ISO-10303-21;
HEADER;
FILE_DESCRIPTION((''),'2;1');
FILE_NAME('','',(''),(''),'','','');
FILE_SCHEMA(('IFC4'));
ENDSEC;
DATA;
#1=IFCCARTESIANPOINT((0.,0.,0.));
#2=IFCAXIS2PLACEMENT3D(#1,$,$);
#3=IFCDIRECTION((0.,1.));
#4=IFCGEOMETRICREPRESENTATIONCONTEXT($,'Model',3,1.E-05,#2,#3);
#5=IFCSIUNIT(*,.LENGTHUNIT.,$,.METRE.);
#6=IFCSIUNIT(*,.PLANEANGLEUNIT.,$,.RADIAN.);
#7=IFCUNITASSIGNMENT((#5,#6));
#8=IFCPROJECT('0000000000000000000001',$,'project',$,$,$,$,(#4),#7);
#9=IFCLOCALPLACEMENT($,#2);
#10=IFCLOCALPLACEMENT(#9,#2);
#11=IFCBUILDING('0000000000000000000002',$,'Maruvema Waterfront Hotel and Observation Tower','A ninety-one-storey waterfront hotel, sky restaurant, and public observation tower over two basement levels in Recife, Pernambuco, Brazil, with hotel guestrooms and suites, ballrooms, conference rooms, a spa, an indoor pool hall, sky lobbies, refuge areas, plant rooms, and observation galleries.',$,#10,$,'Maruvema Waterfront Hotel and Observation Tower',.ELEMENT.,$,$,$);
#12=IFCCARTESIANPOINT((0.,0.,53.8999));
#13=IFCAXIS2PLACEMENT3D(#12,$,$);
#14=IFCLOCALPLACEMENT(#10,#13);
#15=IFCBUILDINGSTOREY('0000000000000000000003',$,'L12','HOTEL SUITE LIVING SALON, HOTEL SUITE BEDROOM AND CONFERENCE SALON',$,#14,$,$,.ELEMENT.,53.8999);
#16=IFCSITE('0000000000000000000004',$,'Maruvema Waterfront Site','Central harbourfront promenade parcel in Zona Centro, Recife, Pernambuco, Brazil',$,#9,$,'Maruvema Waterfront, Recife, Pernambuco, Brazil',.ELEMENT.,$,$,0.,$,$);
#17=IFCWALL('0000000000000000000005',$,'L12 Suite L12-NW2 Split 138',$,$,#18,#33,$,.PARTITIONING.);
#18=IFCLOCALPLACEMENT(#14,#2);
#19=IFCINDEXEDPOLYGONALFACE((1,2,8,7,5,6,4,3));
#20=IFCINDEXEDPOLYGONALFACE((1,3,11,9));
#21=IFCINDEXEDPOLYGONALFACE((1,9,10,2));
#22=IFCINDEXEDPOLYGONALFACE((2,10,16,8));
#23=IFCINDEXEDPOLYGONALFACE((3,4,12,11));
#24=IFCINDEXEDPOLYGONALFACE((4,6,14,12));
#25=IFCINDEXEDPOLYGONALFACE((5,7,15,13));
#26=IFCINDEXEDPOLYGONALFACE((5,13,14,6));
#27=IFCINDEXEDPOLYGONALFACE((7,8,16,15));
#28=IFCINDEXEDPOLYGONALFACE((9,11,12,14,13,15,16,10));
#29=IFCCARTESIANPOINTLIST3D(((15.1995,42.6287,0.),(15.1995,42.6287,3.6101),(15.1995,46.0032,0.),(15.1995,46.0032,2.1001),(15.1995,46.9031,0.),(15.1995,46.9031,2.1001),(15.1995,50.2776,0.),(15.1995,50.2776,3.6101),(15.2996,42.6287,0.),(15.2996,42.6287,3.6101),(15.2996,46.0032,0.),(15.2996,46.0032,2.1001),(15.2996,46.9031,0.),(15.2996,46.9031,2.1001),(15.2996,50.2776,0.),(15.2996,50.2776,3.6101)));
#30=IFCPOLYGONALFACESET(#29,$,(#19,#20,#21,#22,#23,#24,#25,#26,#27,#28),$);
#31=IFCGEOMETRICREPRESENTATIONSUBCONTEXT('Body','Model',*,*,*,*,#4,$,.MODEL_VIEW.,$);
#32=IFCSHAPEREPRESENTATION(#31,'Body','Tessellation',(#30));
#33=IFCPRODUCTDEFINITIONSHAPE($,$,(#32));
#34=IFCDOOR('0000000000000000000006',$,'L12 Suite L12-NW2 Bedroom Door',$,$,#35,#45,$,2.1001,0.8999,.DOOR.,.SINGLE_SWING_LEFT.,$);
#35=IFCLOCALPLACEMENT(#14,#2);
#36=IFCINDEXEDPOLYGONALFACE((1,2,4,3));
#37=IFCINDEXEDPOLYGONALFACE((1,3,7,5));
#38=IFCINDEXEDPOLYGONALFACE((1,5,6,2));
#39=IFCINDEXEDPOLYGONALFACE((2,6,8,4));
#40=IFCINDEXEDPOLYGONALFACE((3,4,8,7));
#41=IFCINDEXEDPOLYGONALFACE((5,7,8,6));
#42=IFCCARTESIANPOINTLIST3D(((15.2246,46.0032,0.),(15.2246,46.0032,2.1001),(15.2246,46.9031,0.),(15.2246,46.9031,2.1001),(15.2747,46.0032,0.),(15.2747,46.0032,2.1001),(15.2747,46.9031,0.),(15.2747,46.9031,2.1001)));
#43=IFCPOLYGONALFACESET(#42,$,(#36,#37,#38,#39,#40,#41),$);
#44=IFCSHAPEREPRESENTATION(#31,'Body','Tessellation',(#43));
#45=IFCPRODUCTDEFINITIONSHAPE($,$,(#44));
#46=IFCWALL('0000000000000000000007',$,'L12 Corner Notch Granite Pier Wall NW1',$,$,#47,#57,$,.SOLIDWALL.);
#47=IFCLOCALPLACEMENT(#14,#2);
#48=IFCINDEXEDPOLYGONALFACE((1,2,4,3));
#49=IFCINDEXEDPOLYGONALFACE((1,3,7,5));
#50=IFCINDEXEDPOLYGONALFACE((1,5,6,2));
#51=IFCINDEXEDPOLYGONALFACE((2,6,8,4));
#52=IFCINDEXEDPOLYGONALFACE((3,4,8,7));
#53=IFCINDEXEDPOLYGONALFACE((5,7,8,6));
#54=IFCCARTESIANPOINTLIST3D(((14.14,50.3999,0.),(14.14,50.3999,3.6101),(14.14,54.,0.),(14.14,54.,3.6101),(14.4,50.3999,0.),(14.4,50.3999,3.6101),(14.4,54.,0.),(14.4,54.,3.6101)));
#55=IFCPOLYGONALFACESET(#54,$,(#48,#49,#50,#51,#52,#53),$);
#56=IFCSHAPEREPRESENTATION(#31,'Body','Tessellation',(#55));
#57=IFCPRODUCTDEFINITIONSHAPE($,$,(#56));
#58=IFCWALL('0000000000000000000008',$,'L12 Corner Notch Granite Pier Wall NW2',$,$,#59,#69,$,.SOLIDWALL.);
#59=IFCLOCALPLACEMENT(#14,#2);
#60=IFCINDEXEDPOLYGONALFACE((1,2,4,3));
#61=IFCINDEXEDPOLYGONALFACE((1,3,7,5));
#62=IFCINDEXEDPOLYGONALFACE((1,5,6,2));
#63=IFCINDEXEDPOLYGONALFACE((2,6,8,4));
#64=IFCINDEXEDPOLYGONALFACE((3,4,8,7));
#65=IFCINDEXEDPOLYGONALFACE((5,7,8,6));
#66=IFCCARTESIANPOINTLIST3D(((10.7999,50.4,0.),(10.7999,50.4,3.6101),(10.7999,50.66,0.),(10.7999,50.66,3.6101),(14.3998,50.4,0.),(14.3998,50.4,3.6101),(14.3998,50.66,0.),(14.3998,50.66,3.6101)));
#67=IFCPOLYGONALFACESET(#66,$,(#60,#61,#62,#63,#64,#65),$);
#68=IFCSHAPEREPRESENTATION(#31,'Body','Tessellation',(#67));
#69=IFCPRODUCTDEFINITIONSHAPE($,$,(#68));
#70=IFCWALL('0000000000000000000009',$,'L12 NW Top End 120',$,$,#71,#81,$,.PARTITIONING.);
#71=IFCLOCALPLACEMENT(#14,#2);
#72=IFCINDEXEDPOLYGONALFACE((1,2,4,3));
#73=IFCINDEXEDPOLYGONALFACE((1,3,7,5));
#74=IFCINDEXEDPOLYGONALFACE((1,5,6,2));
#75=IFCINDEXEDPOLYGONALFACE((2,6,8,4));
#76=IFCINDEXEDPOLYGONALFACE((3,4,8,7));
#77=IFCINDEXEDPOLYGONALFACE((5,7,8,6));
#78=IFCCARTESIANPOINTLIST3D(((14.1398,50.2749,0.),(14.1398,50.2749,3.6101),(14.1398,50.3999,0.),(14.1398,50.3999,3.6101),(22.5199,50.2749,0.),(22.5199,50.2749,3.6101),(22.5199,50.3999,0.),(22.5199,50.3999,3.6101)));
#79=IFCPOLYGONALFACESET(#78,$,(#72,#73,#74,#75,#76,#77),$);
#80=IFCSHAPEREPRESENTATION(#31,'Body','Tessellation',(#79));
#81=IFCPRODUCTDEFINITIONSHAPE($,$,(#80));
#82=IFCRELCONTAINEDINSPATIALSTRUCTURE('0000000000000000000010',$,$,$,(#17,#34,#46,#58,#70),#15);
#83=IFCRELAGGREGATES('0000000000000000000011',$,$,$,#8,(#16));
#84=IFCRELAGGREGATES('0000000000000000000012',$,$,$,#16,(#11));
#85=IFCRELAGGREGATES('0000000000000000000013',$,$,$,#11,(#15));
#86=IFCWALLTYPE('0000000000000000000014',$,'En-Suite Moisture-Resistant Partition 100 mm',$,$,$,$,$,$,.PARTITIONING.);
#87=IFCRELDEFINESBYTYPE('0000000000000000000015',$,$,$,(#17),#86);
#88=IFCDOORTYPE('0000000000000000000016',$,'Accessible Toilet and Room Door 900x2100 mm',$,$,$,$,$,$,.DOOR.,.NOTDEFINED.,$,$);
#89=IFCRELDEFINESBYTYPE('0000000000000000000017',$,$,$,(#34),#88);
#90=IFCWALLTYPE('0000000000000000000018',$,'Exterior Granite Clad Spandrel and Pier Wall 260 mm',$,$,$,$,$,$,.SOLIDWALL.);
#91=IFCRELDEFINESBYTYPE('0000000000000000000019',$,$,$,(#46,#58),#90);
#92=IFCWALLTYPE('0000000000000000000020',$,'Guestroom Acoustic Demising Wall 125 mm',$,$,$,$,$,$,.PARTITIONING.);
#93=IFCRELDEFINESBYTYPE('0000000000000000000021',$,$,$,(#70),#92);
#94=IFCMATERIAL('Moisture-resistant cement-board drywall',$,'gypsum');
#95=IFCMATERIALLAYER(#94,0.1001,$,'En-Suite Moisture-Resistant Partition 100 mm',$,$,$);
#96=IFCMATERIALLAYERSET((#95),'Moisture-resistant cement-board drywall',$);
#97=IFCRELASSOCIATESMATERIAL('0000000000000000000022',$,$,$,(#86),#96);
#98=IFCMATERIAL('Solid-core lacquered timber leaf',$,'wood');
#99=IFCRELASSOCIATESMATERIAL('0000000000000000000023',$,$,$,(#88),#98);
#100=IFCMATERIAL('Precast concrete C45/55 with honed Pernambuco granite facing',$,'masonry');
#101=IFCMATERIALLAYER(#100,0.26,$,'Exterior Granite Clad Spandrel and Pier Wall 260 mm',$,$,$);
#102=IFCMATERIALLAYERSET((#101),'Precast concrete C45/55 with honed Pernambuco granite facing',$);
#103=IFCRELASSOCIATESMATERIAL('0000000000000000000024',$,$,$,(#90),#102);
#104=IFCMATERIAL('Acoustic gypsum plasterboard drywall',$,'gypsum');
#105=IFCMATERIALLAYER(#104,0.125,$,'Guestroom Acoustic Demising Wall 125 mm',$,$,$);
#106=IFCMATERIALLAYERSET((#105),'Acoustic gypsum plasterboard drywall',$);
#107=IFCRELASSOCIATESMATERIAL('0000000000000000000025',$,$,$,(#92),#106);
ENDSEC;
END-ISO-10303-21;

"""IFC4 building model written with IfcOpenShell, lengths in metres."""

from ifc_helpers import new_model, si_unit, direction, frame, frame_2d, origin, place, context, subcontext, project, spatial, rectangle, extrude, material, layer, layer_set, type_object, element, fill, save


model = new_model("IFC4")

# Units and contexts
model_context = context("Model", 3, precision=1e-05, world=origin(), true_north=direction((0.0, 1.0)))
body_context = subcontext(model_context, "Body", "Model", "MODEL_VIEW")
ifc_project = project(units=[si_unit("LENGTHUNIT", "METRE"), si_unit("PLANEANGLEUNIT", "RADIAN")], contexts=[model_context])

# Site, building, storey
site_placement = place(None, origin())
site = spatial("IfcSite", under=ifc_project, at=site_placement, Name="Maruvema Waterfront Site", Description="Central harbourfront promenade parcel in Zona Centro, Recife, Pernambuco, Brazil", LongName="Maruvema Waterfront, Recife, Pernambuco, Brazil", CompositionType="ELEMENT", RefElevation=0.0)
building_placement = place(site_placement, origin())
building = spatial("IfcBuilding", under=site, at=building_placement, Name="Maruvema Waterfront Hotel and Observation Tower", Description="A ninety-one-storey waterfront hotel, sky restaurant, and public observation tower over two basement levels in Recife, Pernambuco, Brazil, with hotel guestrooms and suites, ballrooms, conference rooms, a spa, an indoor pool hall, sky lobbies, refuge areas, plant rooms, and observation galleries.", LongName="Maruvema Waterfront Hotel and Observation Tower", CompositionType="ELEMENT")
storey_placement = place(building_placement, frame((0.0, 0.0, 53.8999)))
storey = spatial("IfcBuildingStorey", under=building, at=storey_placement, Name="L12", Description="HOTEL SUITE LIVING SALON, HOTEL SUITE BEDROOM AND CONFERENCE SALON", CompositionType="ELEMENT", Elevation=53.8999)

# Shared definitions
ifc_material_1 = material(Name="Moisture-resistant cement-board drywall", Category="gypsum")
ifc_layer_1 = layer(ifc_material_1, 0.1001, Name="En-Suite Moisture-Resistant Partition 100 mm")
ifc_layer_set_1 = layer_set([ifc_layer_1], Name="Moisture-resistant cement-board drywall")
wall_type_1 = type_object("IfcWallType", Name="En-Suite Moisture-Resistant Partition 100 mm", PredefinedType="PARTITIONING", material=ifc_layer_set_1)

# Wall, opening, door
wall_1_placement = place(storey_placement, frame((15.2495, 42.6287, 0.0), z_axis=(0.0, 0.0, 1.0), x_axis=(0.0, 1.0, 0.0)))
wall_1 = element("IfcWall", 1, at=wall_1_placement, inside=storey, type_object=wall_type_1, Name="L12 Suite L12-NW2 Split 138", PredefinedType="PARTITIONING", context=body_context, shape_type="SweptSolid", body=[
    extrude(rectangle(XDim=7.6489, YDim=0.1001, at=frame_2d((3.8245, 0.0))), origin(), (0.0, 0.0, 1.0), 3.6101),
])
opening_1_placement = place(wall_1_placement, frame((3.3745, 0.0, 0.0)))
opening_1 = element("IfcOpeningElement", 2, at=opening_1_placement, cuts=wall_1, PredefinedType="OPENING", context=body_context, shape_type="SweptSolid", body=[
    extrude(rectangle(XDim=0.8999, YDim=2.1001, at=frame_2d((0.45, 1.05))), frame((0.0, 0.0601, 0.0), z_axis=(0.0, -1.0, 0.0), x_axis=(1.0, 0.0, 0.0)), (0.0, 0.0, 1.0), 0.1201),
])
ifc_material_2 = material(Name="Solid-core lacquered timber leaf", Category="wood")
door_type_1 = type_object("IfcDoorType", Name="Accessible Toilet and Room Door 900x2100 mm", OperationType="NOTDEFINED", PredefinedType="DOOR", material=ifc_material_2)
door_1_placement = place(opening_1_placement, origin())
door_1 = element("IfcDoor", 3, at=door_1_placement, inside=storey, type_object=door_type_1, Name="L12 Suite L12-NW2 Bedroom Door", OperationType="SINGLE_SWING_LEFT", OverallHeight=2.1001, OverallWidth=0.8999, PredefinedType="DOOR", context=body_context, shape_type="SweptSolid", body=[
    extrude(rectangle(XDim=0.8999, YDim=2.1001, at=frame_2d((0.45, 1.05))), frame((0.0, 0.0249, 0.0), z_axis=(0.0, -1.0, 0.0), x_axis=(1.0, 0.0, 0.0)), (0.0, 0.0, 1.0), 0.05),
])
fill(opening_1, door_1)

# Walls
ifc_material_3 = material(Name="Precast concrete C45/55 with honed Pernambuco granite facing", Category="masonry")
ifc_layer_2 = layer(ifc_material_3, 0.26, Name="Exterior Granite Clad Spandrel and Pier Wall 260 mm")
ifc_layer_set_2 = layer_set([ifc_layer_2], Name="Precast concrete C45/55 with honed Pernambuco granite facing")
wall_type_2 = type_object("IfcWallType", Name="Exterior Granite Clad Spandrel and Pier Wall 260 mm", PredefinedType="SOLIDWALL", material=ifc_layer_set_2)
wall_2_placement = place(storey_placement, frame((14.27, 50.3999, 0.0), z_axis=(0.0, 0.0, 1.0), x_axis=(0.0, 1.0, 0.0)))
element("IfcWall", 4, at=wall_2_placement, inside=storey, type_object=wall_type_2, Name="L12 Corner Notch Granite Pier Wall NW1", PredefinedType="SOLIDWALL", context=body_context, shape_type="SweptSolid", body=[
    extrude(rectangle(XDim=3.6001, YDim=0.26, at=frame_2d((1.8, 0.0))), origin(), (0.0, 0.0, 1.0), 3.6101),
])
wall_3_placement = place(storey_placement, frame((10.8, 50.53, 0.0), z_axis=(0.0, 0.0, 1.0), x_axis=(1.0, 0.0, 0.0)))
element("IfcWall", 5, at=wall_3_placement, inside=storey, type_object=wall_type_2, Name="L12 Corner Notch Granite Pier Wall NW2", PredefinedType="SOLIDWALL", context=body_context, shape_type="SweptSolid", body=[
    extrude(rectangle(XDim=3.5999, YDim=0.26, at=frame_2d((1.7998, 0.0))), origin(), (0.0, 0.0, 1.0), 3.6101),
])
ifc_material_4 = material(Name="Acoustic gypsum plasterboard drywall", Category="gypsum")
ifc_layer_3 = layer(ifc_material_4, 0.125, Name="Guestroom Acoustic Demising Wall 125 mm")
ifc_layer_set_3 = layer_set([ifc_layer_3], Name="Acoustic gypsum plasterboard drywall")
wall_type_3 = type_object("IfcWallType", Name="Guestroom Acoustic Demising Wall 125 mm", PredefinedType="PARTITIONING", material=ifc_layer_set_3)
wall_4_placement = place(storey_placement, frame((14.1399, 50.3374, 0.0), z_axis=(0.0, 0.0, 1.0), x_axis=(1.0, 0.0, 0.0)))
element("IfcWall", 6, at=wall_4_placement, inside=storey, type_object=wall_type_3, Name="L12 NW Top End 120", PredefinedType="PARTITIONING", context=body_context, shape_type="SweptSolid", body=[
    extrude(rectangle(XDim=8.3801, YDim=0.125, at=frame_2d((4.1899, 0.0))), origin(), (0.0, 0.0, 1.0), 3.6101),
])

save(model, "model.ifc")
